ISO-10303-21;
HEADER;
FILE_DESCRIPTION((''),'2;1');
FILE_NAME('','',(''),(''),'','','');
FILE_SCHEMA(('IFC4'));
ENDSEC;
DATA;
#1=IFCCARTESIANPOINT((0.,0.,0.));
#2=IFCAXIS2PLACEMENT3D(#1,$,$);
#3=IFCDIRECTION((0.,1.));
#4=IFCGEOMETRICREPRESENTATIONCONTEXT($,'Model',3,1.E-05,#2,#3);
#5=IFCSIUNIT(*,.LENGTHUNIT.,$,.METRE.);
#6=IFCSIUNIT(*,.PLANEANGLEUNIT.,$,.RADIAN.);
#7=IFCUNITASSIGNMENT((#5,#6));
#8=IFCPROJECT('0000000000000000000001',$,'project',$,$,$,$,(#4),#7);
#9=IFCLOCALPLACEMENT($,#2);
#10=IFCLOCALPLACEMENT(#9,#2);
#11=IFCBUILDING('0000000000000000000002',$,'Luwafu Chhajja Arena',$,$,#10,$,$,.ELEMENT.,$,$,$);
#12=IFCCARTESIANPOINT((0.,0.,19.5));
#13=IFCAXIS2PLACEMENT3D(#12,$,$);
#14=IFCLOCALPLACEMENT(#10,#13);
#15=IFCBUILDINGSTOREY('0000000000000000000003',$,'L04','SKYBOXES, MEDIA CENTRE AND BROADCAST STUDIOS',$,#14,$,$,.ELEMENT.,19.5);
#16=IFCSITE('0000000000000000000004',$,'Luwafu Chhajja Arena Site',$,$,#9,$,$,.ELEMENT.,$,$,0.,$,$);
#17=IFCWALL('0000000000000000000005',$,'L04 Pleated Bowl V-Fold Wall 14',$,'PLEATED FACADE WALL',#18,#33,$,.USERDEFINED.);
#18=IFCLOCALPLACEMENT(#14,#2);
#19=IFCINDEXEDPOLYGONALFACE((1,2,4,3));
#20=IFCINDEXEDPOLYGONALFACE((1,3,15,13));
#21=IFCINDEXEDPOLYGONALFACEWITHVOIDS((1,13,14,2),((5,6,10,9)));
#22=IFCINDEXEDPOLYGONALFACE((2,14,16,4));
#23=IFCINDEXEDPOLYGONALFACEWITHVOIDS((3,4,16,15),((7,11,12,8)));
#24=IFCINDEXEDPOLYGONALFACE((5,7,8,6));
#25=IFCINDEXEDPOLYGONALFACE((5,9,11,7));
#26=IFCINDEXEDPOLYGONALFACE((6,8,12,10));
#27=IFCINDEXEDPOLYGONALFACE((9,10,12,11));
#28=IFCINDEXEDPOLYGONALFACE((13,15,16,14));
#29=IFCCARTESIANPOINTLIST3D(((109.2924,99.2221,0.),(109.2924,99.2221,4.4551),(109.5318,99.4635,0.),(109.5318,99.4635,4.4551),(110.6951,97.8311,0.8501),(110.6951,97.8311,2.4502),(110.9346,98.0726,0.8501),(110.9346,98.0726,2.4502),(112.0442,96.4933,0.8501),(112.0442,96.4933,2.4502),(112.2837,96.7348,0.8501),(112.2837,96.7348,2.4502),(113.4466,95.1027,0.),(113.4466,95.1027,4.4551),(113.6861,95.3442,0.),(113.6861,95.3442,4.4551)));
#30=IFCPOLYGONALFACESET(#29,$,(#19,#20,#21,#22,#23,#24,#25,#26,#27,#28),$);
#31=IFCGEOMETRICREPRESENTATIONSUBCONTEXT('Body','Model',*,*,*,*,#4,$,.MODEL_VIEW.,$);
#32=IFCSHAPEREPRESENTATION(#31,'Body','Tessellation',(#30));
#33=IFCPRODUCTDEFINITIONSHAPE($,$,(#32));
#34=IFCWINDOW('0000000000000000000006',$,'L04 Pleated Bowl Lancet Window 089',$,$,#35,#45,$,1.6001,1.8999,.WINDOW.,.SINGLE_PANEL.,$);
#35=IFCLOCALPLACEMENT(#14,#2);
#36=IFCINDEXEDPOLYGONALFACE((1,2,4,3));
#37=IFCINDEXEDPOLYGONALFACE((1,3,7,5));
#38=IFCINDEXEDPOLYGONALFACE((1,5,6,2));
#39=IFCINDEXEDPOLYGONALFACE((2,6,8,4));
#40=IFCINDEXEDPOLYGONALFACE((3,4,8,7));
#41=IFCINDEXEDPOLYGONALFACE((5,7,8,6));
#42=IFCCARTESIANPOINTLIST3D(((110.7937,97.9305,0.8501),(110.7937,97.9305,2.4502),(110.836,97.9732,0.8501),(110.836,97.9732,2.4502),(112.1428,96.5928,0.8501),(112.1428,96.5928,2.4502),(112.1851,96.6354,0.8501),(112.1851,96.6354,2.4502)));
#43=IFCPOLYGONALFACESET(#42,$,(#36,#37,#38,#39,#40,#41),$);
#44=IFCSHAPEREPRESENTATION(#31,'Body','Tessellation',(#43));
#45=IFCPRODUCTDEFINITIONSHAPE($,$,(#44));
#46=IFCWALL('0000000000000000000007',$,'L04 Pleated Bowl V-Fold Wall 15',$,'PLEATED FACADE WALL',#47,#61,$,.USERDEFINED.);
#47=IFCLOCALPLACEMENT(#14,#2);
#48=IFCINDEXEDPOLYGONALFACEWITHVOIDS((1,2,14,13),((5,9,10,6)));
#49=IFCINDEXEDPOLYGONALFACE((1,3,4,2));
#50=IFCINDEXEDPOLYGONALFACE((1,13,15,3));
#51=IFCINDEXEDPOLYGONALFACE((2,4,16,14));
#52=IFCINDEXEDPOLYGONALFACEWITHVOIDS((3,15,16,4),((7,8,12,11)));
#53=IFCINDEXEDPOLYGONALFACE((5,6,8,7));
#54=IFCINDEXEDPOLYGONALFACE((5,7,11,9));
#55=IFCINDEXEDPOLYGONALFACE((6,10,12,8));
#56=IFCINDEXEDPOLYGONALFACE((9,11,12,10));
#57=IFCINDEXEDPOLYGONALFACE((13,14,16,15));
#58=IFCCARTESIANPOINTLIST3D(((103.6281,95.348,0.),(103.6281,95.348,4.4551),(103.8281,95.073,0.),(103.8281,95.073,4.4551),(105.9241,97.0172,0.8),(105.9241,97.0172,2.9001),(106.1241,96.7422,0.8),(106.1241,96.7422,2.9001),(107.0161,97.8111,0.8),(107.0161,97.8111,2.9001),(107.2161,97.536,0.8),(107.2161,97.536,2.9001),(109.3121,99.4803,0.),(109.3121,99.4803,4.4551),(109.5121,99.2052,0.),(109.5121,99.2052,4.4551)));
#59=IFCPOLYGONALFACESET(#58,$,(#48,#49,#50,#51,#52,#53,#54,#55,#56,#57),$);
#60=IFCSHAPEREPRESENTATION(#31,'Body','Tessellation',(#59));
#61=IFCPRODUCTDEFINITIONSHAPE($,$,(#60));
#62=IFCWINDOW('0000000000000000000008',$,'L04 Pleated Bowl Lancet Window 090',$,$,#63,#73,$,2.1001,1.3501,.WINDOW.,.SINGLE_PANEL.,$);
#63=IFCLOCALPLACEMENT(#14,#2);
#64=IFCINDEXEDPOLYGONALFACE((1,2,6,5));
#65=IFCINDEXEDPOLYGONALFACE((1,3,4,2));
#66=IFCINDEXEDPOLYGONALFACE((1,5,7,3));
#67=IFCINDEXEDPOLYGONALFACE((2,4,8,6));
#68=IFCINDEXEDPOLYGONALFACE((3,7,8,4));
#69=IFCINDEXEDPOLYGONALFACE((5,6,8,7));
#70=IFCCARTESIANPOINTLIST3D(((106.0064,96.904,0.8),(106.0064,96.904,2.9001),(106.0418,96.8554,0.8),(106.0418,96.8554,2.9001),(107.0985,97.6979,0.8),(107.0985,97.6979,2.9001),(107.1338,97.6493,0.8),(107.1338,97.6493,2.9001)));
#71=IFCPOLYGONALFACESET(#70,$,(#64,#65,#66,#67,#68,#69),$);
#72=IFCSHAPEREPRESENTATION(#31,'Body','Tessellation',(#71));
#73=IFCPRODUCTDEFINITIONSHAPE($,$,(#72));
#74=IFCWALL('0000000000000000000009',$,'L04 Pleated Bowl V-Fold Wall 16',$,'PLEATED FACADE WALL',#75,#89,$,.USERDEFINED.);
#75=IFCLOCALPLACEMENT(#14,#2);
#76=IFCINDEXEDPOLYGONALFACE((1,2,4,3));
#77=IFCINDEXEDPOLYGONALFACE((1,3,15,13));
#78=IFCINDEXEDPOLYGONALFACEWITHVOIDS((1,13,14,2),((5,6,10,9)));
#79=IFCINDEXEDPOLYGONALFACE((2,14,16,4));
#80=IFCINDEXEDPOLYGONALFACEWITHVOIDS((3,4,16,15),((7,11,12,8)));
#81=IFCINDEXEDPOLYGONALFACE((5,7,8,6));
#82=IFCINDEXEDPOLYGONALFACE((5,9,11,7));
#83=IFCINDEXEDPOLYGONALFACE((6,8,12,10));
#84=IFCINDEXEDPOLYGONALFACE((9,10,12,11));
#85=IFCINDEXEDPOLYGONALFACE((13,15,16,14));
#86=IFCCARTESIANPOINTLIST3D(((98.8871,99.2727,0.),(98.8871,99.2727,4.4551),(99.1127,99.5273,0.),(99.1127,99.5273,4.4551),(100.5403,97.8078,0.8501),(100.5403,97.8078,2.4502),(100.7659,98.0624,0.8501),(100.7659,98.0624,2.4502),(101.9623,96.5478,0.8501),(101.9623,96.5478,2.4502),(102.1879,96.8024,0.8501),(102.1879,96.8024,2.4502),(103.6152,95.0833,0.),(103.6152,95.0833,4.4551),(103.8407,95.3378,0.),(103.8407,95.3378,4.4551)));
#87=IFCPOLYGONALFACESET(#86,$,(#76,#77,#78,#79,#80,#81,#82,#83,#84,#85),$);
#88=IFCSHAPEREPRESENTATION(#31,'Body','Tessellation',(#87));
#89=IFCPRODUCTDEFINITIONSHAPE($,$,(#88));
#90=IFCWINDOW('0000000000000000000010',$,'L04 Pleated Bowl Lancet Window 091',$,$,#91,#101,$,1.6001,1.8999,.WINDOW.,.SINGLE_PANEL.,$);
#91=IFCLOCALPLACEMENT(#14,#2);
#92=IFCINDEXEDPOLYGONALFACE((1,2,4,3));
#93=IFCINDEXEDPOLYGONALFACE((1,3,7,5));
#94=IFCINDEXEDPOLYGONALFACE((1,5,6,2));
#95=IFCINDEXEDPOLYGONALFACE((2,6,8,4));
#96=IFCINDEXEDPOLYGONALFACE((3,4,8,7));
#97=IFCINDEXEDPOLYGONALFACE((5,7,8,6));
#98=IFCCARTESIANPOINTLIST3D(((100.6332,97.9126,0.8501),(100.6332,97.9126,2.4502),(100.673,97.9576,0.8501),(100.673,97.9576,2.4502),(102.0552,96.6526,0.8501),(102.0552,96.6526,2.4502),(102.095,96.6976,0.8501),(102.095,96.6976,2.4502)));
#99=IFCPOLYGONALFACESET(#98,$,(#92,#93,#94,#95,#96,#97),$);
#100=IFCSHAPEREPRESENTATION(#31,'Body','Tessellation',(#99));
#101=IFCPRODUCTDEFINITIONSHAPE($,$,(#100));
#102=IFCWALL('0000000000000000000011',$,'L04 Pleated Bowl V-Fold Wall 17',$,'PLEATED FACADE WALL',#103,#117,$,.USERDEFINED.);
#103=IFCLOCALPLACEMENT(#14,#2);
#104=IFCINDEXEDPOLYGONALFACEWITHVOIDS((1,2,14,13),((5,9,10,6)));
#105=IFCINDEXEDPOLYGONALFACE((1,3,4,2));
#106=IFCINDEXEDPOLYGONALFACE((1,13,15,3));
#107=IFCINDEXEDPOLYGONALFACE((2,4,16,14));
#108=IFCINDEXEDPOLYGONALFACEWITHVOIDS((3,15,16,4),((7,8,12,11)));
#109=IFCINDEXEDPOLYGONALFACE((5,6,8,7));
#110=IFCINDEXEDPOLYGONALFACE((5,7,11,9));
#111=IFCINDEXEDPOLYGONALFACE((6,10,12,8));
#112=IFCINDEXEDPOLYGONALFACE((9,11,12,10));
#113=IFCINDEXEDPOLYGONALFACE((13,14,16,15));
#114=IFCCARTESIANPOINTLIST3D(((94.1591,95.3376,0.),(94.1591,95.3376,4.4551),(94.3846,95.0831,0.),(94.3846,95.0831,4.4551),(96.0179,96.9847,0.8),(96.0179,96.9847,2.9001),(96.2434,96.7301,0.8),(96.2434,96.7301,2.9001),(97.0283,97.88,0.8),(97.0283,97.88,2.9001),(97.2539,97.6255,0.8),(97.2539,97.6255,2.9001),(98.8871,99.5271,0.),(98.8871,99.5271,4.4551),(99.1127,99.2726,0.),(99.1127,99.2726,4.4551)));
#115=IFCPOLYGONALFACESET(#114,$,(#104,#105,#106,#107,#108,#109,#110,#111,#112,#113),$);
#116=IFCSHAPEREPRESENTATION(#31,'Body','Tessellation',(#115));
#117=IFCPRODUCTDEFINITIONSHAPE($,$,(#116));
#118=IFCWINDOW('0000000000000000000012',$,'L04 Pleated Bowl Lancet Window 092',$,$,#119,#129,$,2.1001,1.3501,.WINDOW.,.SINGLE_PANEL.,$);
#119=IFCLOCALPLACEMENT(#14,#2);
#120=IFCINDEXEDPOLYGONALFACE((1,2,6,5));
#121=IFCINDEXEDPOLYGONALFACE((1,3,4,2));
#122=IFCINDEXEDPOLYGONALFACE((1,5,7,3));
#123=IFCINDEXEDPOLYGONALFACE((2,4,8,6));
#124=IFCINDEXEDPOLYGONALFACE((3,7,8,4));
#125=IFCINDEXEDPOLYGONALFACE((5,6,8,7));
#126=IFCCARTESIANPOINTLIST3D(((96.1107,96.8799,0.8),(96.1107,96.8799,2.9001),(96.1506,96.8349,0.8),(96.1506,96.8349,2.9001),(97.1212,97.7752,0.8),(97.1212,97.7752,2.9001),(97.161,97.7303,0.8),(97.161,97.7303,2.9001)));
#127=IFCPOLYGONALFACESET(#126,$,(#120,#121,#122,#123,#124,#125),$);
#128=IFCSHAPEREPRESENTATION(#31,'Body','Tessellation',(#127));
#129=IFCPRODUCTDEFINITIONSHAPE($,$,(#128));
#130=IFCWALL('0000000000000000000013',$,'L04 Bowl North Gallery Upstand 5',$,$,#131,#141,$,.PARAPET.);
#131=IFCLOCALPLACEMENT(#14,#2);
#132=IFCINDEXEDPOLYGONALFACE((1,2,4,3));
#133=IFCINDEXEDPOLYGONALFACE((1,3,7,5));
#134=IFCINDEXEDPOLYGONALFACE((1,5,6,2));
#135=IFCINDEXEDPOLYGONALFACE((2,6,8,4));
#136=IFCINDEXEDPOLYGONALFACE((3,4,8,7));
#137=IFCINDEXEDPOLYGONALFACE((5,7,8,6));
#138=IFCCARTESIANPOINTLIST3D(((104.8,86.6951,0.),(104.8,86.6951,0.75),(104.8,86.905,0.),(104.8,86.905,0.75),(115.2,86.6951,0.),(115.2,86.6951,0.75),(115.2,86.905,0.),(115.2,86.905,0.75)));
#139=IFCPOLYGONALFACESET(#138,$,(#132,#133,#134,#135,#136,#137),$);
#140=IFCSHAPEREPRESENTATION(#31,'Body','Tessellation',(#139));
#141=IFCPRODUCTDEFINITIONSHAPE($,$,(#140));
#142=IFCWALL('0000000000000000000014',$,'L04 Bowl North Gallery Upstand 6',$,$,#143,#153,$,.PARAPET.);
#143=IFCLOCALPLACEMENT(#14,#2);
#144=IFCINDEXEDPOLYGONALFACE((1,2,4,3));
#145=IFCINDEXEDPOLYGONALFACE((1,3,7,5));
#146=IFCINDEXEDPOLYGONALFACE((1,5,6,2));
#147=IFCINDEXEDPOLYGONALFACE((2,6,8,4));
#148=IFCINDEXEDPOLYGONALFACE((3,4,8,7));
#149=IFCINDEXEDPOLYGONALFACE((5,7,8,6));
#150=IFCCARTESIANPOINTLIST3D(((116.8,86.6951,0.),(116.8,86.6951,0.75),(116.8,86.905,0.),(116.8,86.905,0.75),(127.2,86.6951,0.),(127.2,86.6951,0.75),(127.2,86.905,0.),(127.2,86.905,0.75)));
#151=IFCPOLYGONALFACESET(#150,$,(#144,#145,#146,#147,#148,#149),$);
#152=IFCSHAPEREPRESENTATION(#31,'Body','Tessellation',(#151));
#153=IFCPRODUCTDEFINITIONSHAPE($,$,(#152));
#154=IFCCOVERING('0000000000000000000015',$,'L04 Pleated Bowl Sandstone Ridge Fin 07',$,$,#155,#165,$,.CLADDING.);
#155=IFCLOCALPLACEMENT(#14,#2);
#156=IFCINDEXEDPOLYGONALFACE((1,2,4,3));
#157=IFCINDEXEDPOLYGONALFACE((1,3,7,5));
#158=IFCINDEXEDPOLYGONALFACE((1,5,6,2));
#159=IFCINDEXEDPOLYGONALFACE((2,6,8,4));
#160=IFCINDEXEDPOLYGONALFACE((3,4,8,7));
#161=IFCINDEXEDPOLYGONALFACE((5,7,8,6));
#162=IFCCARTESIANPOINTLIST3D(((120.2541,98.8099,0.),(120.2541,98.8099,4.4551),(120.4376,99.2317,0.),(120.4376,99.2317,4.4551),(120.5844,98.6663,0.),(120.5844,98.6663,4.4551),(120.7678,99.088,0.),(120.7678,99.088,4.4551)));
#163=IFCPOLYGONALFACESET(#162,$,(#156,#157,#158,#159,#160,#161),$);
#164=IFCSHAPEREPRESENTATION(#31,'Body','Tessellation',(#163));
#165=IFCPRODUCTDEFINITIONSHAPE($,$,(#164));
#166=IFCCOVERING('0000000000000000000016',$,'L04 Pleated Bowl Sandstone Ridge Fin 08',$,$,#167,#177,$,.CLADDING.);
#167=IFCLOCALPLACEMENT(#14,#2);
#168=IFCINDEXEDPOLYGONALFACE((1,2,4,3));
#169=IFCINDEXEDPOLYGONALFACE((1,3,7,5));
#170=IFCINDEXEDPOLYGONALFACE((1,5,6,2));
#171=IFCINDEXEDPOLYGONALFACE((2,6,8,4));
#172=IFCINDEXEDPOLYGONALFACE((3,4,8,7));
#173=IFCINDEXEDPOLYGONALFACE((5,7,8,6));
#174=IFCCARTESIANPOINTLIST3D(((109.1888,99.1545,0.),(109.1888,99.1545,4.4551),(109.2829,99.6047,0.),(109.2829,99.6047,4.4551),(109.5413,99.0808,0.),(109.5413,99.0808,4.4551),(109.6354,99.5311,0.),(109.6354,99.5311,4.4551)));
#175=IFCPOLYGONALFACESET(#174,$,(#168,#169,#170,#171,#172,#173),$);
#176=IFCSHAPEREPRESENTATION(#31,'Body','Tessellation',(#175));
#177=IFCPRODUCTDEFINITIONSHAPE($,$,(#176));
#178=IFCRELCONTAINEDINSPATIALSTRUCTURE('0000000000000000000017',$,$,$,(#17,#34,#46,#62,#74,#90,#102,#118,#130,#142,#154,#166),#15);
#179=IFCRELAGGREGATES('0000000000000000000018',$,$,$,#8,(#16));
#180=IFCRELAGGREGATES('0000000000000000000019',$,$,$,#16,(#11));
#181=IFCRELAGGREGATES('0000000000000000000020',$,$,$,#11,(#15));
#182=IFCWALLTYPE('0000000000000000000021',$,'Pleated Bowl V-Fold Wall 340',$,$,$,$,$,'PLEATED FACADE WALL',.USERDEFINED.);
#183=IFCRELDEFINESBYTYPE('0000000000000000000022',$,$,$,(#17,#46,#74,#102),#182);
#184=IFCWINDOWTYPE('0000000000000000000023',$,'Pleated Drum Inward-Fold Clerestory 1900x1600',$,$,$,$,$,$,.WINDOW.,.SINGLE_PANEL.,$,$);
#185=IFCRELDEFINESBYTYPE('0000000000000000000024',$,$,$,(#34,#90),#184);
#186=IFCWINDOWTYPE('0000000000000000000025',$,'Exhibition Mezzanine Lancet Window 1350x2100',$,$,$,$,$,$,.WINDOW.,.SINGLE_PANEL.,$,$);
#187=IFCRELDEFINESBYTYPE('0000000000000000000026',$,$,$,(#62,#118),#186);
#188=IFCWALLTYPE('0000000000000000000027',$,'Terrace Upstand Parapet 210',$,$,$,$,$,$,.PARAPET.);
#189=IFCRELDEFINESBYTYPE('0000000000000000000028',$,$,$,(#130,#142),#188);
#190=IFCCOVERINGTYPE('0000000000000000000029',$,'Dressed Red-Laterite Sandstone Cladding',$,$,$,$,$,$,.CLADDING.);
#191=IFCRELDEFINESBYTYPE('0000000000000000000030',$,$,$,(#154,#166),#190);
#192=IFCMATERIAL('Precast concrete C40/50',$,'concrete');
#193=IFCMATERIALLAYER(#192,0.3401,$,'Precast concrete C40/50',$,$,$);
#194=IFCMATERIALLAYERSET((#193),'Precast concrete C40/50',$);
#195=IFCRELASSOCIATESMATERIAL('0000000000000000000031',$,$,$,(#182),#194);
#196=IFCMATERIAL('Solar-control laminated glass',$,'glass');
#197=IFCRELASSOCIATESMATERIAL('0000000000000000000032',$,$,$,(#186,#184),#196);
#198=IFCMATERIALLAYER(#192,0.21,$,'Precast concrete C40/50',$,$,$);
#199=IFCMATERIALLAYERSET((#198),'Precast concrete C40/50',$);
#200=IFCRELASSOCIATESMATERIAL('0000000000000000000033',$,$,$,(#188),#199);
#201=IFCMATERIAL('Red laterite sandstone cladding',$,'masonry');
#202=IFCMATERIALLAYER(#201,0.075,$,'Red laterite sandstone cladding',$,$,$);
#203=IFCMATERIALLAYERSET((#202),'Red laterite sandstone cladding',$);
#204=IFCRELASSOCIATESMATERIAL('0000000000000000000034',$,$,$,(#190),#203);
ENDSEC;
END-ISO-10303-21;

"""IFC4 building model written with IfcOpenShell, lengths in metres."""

from ifc_helpers import new_model, si_unit, direction, frame, frame_2d, origin, origin_2d, place, context, subcontext, project, spatial, rectangle, extrude, material, layer, layer_set, type_object, element, fill, save


model = new_model("IFC4")

# Units and contexts
model_context = context("Model", 3, precision=1e-05, world=origin(), true_north=direction((0.0, 1.0)))
body_context = subcontext(model_context, "Body", "Model", "MODEL_VIEW")
ifc_project = project(units=[si_unit("LENGTHUNIT", "METRE"), si_unit("PLANEANGLEUNIT", "RADIAN")], contexts=[model_context])

# Site, building, storey
site_placement = place(None, origin())
site = spatial("IfcSite", under=ifc_project, at=site_placement, Name="Luwafu Chhajja Arena Site", CompositionType="ELEMENT", RefElevation=0.0)
building_placement = place(site_placement, origin())
building = spatial("IfcBuilding", under=site, at=building_placement, Name="Luwafu Chhajja Arena", CompositionType="ELEMENT")
storey_placement = place(building_placement, frame((0.0, 0.0, 19.5)))
storey = spatial("IfcBuildingStorey", under=building, at=storey_placement, Name="L04", Description="SKYBOXES, MEDIA CENTRE AND BROADCAST STUDIOS", CompositionType="ELEMENT", Elevation=19.5)

# Walls, openings, windows
ifc_material_1 = material(Name="Precast concrete C40/50", Category="concrete")
ifc_layer_1 = layer(ifc_material_1, 0.3401, Name="Precast concrete C40/50")
ifc_layer_set_1 = layer_set([ifc_layer_1], Name="Precast concrete C40/50")
wall_type_1 = type_object("IfcWallType", Name="Pleated Bowl V-Fold Wall 340", ElementType="PLEATED FACADE WALL", PredefinedType="USERDEFINED", material=ifc_layer_set_1)
ifc_material_2 = material(Name="Solar-control laminated glass", Category="glass")
window_type_1 = type_object("IfcWindowType", Name="Exhibition Mezzanine Lancet Window 1350x2100", PartitioningType="SINGLE_PANEL", PredefinedType="WINDOW", material=ifc_material_2)
wall_1_placement = place(storey_placement, frame((113.5664, 95.2234, 0.0), z_axis=(0.0, 0.0, 1.0), x_axis=(-0.710084, 0.704117, 0.0)))
wall_1 = element("IfcWall", 1, at=wall_1_placement, inside=storey, type_object=wall_type_1, Name="L04 Pleated Bowl V-Fold Wall 14", ObjectType="PLEATED FACADE WALL", PredefinedType="USERDEFINED", context=body_context, shape_type="SweptSolid", body=[
    extrude(rectangle(XDim=5.8503, YDim=0.3401, at=frame_2d((2.9253, 0.0))), origin(), (0.0, 0.0, 1.0), 4.4551),
])
opening_1_placement = place(wall_1_placement, frame((1.9751, 0.0, 0.8501)))
opening_1 = element("IfcOpeningElement", 2, at=opening_1_placement, cuts=wall_1, PredefinedType="OPENING", context=body_context, shape_type="SweptSolid", body=[
    extrude(rectangle(XDim=1.8999, YDim=1.6001, at=frame_2d((0.95, 0.8))), frame((0.0, 0.1799, 0.0), z_axis=(0.0, -1.0, 0.0), x_axis=(1.0, 0.0, 0.0)), (0.0, 0.0, 1.0), 0.3601),
])
window_type_2 = type_object("IfcWindowType", Name="Pleated Drum Inward-Fold Clerestory 1900x1600", PartitioningType="SINGLE_PANEL", PredefinedType="WINDOW", material=ifc_material_2)
window_1_placement = place(opening_1_placement, origin())
window_1 = element("IfcWindow", 3, at=window_1_placement, inside=storey, type_object=window_type_2, Name="L04 Pleated Bowl Lancet Window 089", OverallHeight=1.6001, OverallWidth=1.8999, PartitioningType="SINGLE_PANEL", PredefinedType="WINDOW", context=body_context, shape_type="SweptSolid", body=[
    extrude(rectangle(XDim=1.8999, YDim=1.6001, at=frame_2d((0.95, 0.8))), frame((0.0, 0.03, 0.0), z_axis=(0.0, -1.0, 0.0), x_axis=(1.0, 0.0, 0.0)), (0.0, 0.0, 1.0), 0.0601),
])
fill(opening_1, window_1)
wall_2_placement = place(storey_placement, frame((109.4121, 99.3428, 0.0), z_axis=(0.0, 0.0, 1.0), x_axis=(-0.808841, -0.588027, 0.0)))
wall_2 = element("IfcWall", 4, at=wall_2_placement, inside=storey, type_object=wall_type_1, Name="L04 Pleated Bowl V-Fold Wall 15", ObjectType="PLEATED FACADE WALL", PredefinedType="USERDEFINED", context=body_context, shape_type="SweptSolid", body=[
    extrude(rectangle(XDim=7.0273, YDim=0.3401, at=frame_2d((3.5137, 0.0))), origin(), (0.0, 0.0, 1.0), 4.4551),
])
opening_2_placement = place(wall_2_placement, frame((2.8386, 0.0, 0.8)))
opening_2 = element("IfcOpeningElement", 5, at=opening_2_placement, cuts=wall_2, PredefinedType="OPENING", context=body_context, shape_type="SweptSolid", body=[
    extrude(rectangle(XDim=1.3501, YDim=2.1001, at=frame_2d((0.675, 1.05))), frame((0.0, 0.1799, 0.0), z_axis=(0.0, -1.0, 0.0), x_axis=(1.0, 0.0, 0.0)), (0.0, 0.0, 1.0), 0.3601),
])
window_2_placement = place(opening_2_placement, origin())
window_2 = element("IfcWindow", 6, at=window_2_placement, inside=storey, type_object=window_type_1, Name="L04 Pleated Bowl Lancet Window 090", OverallHeight=2.1001, OverallWidth=1.3501, PartitioningType="SINGLE_PANEL", PredefinedType="WINDOW", context=body_context, shape_type="SweptSolid", body=[
    extrude(rectangle(XDim=1.3501, YDim=2.1001, at=frame_2d((0.675, 1.05))), frame((0.0, 0.03, 0.0), z_axis=(0.0, -1.0, 0.0), x_axis=(1.0, 0.0, 0.0)), (0.0, 0.0, 1.0), 0.0601),
])
fill(opening_2, window_2)
wall_3_placement = place(storey_placement, frame((103.728, 95.2104, 0.0), z_axis=(0.0, 0.0, 1.0), x_axis=(-0.748449, 0.663192, 0.0)))
wall_3 = element("IfcWall", 7, at=wall_3_placement, inside=storey, type_object=wall_type_1, Name="L04 Pleated Bowl V-Fold Wall 16", ObjectType="PLEATED FACADE WALL", PredefinedType="USERDEFINED", context=body_context, shape_type="SweptSolid", body=[
    extrude(rectangle(XDim=6.3171, YDim=0.3401, at=frame_2d((3.1587, 0.0))), origin(), (0.0, 0.0, 1.0), 4.4551),
])
opening_3_placement = place(wall_3_placement, frame((2.2085, 0.0, 0.8501)))
opening_3 = element("IfcOpeningElement", 8, at=opening_3_placement, cuts=wall_3, PredefinedType="OPENING", context=body_context, shape_type="SweptSolid", body=[
    extrude(rectangle(XDim=1.8999, YDim=1.6001, at=frame_2d((0.95, 0.8))), frame((0.0, 0.1799, 0.0), z_axis=(0.0, -1.0, 0.0), x_axis=(1.0, 0.0, 0.0)), (0.0, 0.0, 1.0), 0.3601),
])
window_3_placement = place(opening_3_placement, origin())
window_3 = element("IfcWindow", 9, at=window_3_placement, inside=storey, type_object=window_type_2, Name="L04 Pleated Bowl Lancet Window 091", OverallHeight=1.6001, OverallWidth=1.8999, PartitioningType="SINGLE_PANEL", PredefinedType="WINDOW", context=body_context, shape_type="SweptSolid", body=[
    extrude(rectangle(XDim=1.8999, YDim=1.6001, at=frame_2d((0.95, 0.8))), frame((0.0, 0.03, 0.0), z_axis=(0.0, -1.0, 0.0), x_axis=(1.0, 0.0, 0.0)), (0.0, 0.0, 1.0), 0.0601),
])
fill(opening_3, window_3)
wall_4_placement = place(storey_placement, frame((99.0, 99.3999, 0.0), z_axis=(0.0, 0.0, 1.0), x_axis=(-0.748449, -0.663192, 0.0)))
wall_4 = element("IfcWall", 10, at=wall_4_placement, inside=storey, type_object=wall_type_1, Name="L04 Pleated Bowl V-Fold Wall 17", ObjectType="PLEATED FACADE WALL", PredefinedType="USERDEFINED", context=body_context, shape_type="SweptSolid", body=[
    extrude(rectangle(XDim=6.3171, YDim=0.3401, at=frame_2d((3.1587, 0.0))), origin(), (0.0, 0.0, 1.0), 4.4551),
])
opening_4_placement = place(wall_4_placement, frame((2.4836, 0.0, 0.8)))
opening_4 = element("IfcOpeningElement", 11, at=opening_4_placement, cuts=wall_4, PredefinedType="OPENING", context=body_context, shape_type="SweptSolid", body=[
    extrude(rectangle(XDim=1.3501, YDim=2.1001, at=frame_2d((0.675, 1.05))), frame((0.0, 0.1799, 0.0), z_axis=(0.0, -1.0, 0.0), x_axis=(1.0, 0.0, 0.0)), (0.0, 0.0, 1.0), 0.3601),
])
window_4_placement = place(opening_4_placement, origin())
window_4 = element("IfcWindow", 12, at=window_4_placement, inside=storey, type_object=window_type_1, Name="L04 Pleated Bowl Lancet Window 092", OverallHeight=2.1001, OverallWidth=1.3501, PartitioningType="SINGLE_PANEL", PredefinedType="WINDOW", context=body_context, shape_type="SweptSolid", body=[
    extrude(rectangle(XDim=1.3501, YDim=2.1001, at=frame_2d((0.675, 1.05))), frame((0.0, 0.03, 0.0), z_axis=(0.0, -1.0, 0.0), x_axis=(1.0, 0.0, 0.0)), (0.0, 0.0, 1.0), 0.0601),
])
fill(opening_4, window_4)

# Walls
ifc_layer_2 = layer(ifc_material_1, 0.21, Name="Precast concrete C40/50")
ifc_layer_set_2 = layer_set([ifc_layer_2], Name="Precast concrete C40/50")
wall_type_2 = type_object("IfcWallType", Name="Terrace Upstand Parapet 210", PredefinedType="PARAPET", material=ifc_layer_set_2)
for number, where, z_axis, x_axis, name in (
    (13, (104.8, 86.8, 0.0), (0.0, 0.0, 1.0), (1.0, 0.0, 0.0), "L04 Bowl North Gallery Upstand 5"),
    (14, (116.8, 86.8, 0.0), (0.0, 0.0, 1.0), (1.0, 0.0, 0.0), "L04 Bowl North Gallery Upstand 6"),
):
    element("IfcWall", number, at=place(storey_placement, frame(where, z_axis=z_axis, x_axis=x_axis)), inside=storey, type_object=wall_type_2, Name=name, PredefinedType="PARAPET", context=body_context, shape_type="SweptSolid", body=[
        extrude(rectangle(XDim=10.3999, YDim=0.21, at=frame_2d((5.2, 0.0))), origin(), (0.0, 0.0, 1.0), 0.75),
    ])

# Coverings
ifc_material_3 = material(Name="Red laterite sandstone cladding", Category="masonry")
ifc_layer_3 = layer(ifc_material_3, 0.075, Name="Red laterite sandstone cladding")
ifc_layer_set_3 = layer_set([ifc_layer_3], Name="Red laterite sandstone cladding")
covering_type = type_object("IfcCoveringType", Name="Dressed Red-Laterite Sandstone Cladding", PredefinedType="CLADDING", material=ifc_layer_set_3)
for number, where, z_axis, x_axis, name in (
    (15, (120.511, 98.949, 0.0), (0.0, 0.0, 1.0), (0.398903, 0.916993, 0.0), "L04 Pleated Bowl Sandstone Ridge Fin 07"),
    (16, (109.4121, 99.3428, 0.0), (0.0, 0.0, 1.0), (0.204485, 0.97887, 0.0), "L04 Pleated Bowl Sandstone Ridge Fin 08"),
):
    element("IfcCovering", number, at=place(storey_placement, frame(where, z_axis=z_axis, x_axis=x_axis)), inside=storey, type_object=covering_type, Name=name, PredefinedType="CLADDING", context=body_context, shape_type="SweptSolid", body=[
        extrude(rectangle(XDim=0.46, YDim=0.3601, at=origin_2d()), origin(), (0.0, 0.0, 1.0), 4.4551),
    ])

save(model, "model.ifc")
